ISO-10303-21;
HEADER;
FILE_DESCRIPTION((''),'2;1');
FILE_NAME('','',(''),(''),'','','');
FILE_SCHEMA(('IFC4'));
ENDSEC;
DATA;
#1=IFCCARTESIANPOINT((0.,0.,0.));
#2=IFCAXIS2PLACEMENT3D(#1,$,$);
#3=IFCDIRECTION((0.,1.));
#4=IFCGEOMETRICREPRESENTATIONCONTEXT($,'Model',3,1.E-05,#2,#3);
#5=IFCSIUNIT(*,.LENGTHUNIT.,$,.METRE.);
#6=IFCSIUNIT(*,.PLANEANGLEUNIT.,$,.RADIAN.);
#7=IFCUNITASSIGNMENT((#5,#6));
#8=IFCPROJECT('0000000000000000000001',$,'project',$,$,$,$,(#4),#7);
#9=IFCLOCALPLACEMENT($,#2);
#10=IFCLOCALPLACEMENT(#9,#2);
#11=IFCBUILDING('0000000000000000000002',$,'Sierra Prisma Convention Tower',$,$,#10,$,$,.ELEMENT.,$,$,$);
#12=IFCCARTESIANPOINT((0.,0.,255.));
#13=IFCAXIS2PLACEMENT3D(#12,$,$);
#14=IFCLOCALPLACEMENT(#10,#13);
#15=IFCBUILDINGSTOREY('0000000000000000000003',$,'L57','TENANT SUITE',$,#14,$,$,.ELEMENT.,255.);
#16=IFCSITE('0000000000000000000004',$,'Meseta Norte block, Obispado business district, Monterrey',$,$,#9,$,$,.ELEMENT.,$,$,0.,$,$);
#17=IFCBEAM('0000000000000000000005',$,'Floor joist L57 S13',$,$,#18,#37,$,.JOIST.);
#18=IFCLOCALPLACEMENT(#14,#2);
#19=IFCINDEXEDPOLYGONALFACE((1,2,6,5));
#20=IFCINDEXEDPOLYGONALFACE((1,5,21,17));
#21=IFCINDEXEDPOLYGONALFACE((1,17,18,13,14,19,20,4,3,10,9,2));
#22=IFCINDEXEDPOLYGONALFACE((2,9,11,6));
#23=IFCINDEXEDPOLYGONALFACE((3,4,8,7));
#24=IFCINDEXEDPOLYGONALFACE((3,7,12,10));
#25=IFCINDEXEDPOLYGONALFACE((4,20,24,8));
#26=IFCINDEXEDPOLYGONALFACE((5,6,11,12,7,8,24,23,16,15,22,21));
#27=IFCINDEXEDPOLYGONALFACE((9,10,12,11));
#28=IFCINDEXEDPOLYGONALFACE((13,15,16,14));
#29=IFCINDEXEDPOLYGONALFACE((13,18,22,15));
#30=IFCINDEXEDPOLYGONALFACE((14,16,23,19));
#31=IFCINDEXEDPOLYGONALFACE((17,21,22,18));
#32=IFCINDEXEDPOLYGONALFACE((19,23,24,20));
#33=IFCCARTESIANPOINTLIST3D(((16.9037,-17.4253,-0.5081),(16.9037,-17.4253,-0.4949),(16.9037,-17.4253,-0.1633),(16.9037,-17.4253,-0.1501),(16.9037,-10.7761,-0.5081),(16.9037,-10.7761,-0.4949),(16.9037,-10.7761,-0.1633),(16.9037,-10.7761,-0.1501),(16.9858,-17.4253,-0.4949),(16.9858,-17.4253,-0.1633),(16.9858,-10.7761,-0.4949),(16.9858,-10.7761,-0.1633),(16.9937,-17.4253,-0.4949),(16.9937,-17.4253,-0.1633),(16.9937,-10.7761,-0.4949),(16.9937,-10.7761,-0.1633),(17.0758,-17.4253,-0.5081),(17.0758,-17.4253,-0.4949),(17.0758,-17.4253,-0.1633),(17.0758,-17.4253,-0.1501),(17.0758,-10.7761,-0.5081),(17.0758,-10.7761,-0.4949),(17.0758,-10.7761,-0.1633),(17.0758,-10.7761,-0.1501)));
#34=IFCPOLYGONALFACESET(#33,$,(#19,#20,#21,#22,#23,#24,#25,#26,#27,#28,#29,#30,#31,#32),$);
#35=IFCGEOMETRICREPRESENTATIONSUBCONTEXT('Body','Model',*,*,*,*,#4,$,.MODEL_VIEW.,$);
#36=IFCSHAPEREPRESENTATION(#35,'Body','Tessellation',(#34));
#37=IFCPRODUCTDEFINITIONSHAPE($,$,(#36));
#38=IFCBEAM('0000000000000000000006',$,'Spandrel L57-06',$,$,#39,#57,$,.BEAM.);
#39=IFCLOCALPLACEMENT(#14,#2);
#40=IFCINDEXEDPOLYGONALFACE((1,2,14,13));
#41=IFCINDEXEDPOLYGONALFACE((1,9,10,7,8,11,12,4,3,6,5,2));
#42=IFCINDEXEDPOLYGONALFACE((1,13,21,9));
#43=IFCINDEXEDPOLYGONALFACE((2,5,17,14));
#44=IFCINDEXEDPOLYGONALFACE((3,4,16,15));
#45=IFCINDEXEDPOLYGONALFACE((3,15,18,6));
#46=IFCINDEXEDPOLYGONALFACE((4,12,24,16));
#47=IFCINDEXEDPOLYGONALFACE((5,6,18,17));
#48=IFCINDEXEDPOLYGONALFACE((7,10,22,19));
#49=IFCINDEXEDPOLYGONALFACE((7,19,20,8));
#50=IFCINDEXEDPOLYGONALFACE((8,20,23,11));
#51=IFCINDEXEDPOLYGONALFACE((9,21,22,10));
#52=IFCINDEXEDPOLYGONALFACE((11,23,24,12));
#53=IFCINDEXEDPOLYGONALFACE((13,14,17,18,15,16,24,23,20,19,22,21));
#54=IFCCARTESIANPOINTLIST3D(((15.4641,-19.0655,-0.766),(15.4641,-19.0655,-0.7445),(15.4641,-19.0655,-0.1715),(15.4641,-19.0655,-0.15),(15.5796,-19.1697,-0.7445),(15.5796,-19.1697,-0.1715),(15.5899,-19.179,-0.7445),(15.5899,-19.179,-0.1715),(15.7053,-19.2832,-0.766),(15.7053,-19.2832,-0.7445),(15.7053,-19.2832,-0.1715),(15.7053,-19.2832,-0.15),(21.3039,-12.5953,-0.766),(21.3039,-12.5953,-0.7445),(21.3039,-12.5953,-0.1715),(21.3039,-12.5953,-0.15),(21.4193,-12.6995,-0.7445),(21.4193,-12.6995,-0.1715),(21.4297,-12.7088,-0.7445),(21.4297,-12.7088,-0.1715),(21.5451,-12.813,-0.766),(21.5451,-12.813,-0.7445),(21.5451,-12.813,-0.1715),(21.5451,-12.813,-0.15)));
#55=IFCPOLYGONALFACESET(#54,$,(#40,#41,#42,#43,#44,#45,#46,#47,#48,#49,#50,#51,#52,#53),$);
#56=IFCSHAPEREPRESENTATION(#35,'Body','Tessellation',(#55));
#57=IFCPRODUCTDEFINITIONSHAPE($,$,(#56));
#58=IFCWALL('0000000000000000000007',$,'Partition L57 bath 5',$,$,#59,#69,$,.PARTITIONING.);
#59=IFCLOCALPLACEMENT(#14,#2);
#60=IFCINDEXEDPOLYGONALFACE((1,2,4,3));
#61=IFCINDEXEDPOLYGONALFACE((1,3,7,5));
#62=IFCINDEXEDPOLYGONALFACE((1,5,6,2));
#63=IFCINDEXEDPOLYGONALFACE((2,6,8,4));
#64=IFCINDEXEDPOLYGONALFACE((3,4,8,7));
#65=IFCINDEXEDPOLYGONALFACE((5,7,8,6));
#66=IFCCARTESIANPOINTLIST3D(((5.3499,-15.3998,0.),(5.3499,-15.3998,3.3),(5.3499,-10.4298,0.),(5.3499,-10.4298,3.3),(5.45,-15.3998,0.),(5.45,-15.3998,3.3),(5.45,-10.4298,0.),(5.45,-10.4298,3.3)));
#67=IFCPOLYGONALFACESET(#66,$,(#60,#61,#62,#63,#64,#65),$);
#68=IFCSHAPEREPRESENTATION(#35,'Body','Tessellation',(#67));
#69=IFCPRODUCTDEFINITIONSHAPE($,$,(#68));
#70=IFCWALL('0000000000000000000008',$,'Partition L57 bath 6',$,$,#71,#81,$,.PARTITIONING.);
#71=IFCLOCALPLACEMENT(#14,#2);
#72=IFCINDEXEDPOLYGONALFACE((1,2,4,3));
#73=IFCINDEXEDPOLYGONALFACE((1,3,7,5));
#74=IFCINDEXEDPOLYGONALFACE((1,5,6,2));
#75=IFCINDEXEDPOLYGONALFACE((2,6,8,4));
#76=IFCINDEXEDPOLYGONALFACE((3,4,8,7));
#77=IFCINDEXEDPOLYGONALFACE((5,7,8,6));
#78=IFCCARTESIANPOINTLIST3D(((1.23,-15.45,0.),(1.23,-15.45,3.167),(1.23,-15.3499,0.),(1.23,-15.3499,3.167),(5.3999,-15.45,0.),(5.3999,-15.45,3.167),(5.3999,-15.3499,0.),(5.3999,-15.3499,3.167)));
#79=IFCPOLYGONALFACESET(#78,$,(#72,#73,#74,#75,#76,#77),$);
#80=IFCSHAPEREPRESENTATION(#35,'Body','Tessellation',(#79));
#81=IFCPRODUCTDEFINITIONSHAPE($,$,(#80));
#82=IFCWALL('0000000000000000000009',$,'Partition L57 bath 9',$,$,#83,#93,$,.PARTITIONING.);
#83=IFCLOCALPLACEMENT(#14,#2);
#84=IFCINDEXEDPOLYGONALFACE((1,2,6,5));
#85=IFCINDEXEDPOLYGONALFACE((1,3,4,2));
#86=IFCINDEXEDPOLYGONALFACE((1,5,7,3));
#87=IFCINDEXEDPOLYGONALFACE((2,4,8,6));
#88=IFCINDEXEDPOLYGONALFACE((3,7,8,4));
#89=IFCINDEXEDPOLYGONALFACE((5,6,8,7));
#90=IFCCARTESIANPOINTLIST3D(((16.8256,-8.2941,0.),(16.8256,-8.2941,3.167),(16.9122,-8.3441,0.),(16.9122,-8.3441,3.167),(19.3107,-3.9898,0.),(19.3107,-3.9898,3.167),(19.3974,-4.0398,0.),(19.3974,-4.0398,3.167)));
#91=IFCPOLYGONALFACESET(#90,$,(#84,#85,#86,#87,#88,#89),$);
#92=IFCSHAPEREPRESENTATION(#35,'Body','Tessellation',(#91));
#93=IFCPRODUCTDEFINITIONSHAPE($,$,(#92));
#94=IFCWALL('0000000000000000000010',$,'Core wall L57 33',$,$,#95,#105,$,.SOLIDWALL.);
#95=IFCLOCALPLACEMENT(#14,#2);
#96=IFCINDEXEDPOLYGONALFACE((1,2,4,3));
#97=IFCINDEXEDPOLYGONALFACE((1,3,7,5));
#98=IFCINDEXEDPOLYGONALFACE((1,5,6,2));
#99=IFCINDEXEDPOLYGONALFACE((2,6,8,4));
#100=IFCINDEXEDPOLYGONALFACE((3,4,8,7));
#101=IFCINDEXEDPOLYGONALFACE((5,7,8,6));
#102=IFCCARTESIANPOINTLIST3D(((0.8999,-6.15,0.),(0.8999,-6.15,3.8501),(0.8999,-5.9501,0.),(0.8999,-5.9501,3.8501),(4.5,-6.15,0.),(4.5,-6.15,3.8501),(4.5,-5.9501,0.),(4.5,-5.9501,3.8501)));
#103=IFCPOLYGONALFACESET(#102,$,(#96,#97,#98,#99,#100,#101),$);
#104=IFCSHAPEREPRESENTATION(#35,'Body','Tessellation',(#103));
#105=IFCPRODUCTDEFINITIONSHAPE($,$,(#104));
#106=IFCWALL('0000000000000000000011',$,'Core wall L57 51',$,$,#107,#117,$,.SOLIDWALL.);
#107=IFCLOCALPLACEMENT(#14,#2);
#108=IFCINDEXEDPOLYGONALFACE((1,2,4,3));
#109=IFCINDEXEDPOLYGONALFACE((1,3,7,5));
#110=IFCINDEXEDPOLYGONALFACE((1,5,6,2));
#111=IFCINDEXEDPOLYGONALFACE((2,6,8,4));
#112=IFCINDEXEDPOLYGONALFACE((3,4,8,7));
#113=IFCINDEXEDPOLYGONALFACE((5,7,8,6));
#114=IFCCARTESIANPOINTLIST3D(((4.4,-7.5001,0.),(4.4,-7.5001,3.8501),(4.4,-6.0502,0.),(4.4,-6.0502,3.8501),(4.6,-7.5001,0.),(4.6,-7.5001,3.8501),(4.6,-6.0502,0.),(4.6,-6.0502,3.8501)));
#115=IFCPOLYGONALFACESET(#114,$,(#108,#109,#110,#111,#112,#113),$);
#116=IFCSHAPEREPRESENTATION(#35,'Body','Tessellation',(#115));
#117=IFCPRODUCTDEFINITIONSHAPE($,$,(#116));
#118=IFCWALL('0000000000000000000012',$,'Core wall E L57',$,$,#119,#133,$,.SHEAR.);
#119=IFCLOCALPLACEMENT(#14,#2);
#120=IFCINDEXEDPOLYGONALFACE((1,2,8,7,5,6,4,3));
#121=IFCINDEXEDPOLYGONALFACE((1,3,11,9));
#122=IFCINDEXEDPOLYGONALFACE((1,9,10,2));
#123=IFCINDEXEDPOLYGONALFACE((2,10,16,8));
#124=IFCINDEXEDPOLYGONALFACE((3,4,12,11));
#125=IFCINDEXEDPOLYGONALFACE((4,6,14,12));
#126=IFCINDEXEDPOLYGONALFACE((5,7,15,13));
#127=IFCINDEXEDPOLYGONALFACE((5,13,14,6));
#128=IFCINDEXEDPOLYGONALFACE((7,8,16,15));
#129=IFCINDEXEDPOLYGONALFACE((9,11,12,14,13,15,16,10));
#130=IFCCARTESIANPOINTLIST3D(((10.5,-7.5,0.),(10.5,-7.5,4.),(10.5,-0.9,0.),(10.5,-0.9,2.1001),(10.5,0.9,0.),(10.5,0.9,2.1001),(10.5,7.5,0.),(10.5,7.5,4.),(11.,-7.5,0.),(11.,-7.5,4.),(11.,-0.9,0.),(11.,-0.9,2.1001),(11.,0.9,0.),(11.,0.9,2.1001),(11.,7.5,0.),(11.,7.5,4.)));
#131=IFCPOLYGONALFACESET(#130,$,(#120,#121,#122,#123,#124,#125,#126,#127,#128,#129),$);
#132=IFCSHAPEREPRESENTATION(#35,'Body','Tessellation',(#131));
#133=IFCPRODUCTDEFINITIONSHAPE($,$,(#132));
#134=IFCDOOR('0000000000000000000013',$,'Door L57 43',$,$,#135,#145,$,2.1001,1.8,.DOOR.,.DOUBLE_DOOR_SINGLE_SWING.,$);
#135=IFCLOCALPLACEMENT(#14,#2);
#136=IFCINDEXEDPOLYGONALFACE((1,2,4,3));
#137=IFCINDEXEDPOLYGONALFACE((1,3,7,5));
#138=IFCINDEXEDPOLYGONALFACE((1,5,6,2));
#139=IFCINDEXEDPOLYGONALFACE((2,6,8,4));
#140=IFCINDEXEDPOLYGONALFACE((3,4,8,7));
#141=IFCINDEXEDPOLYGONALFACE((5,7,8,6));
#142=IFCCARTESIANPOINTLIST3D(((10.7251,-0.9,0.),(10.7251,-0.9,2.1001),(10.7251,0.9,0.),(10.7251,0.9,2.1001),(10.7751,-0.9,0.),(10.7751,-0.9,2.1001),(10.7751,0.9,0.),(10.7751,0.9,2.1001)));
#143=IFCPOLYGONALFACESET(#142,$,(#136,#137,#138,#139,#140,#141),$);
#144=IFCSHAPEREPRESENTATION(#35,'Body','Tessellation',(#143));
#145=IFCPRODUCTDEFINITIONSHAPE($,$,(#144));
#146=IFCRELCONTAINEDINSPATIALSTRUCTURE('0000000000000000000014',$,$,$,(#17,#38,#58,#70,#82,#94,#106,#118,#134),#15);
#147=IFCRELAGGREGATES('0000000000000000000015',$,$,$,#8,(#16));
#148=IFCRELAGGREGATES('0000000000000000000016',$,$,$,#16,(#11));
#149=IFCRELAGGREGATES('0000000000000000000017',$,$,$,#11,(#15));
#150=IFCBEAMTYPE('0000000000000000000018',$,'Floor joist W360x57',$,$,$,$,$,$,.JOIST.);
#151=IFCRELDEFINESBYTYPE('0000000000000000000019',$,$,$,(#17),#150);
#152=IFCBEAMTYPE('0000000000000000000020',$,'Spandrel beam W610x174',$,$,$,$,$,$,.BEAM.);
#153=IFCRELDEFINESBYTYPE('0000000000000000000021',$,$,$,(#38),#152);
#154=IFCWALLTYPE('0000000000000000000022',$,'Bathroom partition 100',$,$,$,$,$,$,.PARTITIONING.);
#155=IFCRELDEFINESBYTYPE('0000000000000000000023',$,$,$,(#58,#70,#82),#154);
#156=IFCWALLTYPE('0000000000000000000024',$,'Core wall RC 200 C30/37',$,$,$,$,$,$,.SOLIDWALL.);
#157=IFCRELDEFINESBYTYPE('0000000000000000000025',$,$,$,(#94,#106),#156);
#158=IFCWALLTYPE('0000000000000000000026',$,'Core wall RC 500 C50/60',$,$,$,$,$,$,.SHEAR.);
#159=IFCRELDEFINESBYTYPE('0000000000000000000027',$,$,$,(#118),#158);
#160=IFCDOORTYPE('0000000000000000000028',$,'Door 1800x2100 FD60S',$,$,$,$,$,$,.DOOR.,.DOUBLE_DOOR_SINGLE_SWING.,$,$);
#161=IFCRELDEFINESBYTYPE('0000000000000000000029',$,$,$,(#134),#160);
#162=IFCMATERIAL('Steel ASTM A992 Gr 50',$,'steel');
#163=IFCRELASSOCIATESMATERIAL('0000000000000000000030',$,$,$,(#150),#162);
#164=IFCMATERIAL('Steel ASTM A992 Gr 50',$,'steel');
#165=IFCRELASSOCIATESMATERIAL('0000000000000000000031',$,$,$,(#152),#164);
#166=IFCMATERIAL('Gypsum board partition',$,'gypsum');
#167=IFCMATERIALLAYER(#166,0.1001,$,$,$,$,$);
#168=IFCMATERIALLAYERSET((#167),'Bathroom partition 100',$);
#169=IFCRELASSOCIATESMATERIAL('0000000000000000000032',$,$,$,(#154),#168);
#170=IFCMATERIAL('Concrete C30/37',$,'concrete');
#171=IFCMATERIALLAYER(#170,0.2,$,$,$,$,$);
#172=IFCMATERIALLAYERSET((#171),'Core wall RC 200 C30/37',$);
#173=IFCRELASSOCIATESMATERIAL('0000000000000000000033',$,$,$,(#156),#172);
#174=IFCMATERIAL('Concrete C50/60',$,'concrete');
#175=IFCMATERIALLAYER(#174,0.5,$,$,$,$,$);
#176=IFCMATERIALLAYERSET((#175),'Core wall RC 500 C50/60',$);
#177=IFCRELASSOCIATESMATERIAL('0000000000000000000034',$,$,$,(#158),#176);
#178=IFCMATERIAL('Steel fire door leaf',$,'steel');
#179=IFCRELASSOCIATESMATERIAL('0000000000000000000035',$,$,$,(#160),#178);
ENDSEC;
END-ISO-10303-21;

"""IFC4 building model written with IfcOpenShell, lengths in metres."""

from ifc_helpers import new_model, si_unit, direction, frame, frame_2d, origin, origin_2d, place, context, subcontext, project, spatial, rectangle, i_section, extrude, material, layer, layer_set, material_profile, profile_set, type_object, element, fill, save


model = new_model("IFC4")

# Units and contexts
model_context = context("Model", 3, precision=1e-05, world=origin(), true_north=direction((0.0, 1.0)))
body_context = subcontext(model_context, "Body", "Model", "MODEL_VIEW")
ifc_project = project(units=[si_unit("LENGTHUNIT", "METRE"), si_unit("PLANEANGLEUNIT", "RADIAN")], contexts=[model_context])

# Site, building, storey
site_placement = place(None, origin())
site = spatial("IfcSite", under=ifc_project, at=site_placement, Name="Meseta Norte block, Obispado business district, Monterrey", CompositionType="ELEMENT", RefElevation=0.0)
building_placement = place(site_placement, origin())
building = spatial("IfcBuilding", under=site, at=building_placement, Name="Sierra Prisma Convention Tower", CompositionType="ELEMENT")
storey_placement = place(building_placement, frame((0.0, 0.0, 255.0)))
storey = spatial("IfcBuildingStorey", under=building, at=storey_placement, Name="L57", Description="TENANT SUITE", CompositionType="ELEMENT", Elevation=255.0)

# Beams
ifc_material_1 = material(Name="Steel ASTM A992 Gr 50", Category="steel")
ifc_material_profile_1 = material_profile(ifc_material_1, i_section(OverallWidth=0.1721, OverallDepth=0.3579, WebThickness=0.0078, FlangeThickness=0.0132, at=origin_2d()), Name="W360x57")
ifc_profile_set_1 = profile_set([ifc_material_profile_1], Name="Steel ASTM A992 Gr 50")
beam_type_1 = type_object("IfcBeamType", Name="Floor joist W360x57", PredefinedType="JOIST", material=ifc_profile_set_1)
beam_1_placement = place(storey_placement, frame((16.9897, -17.4253, -0.3291), z_axis=(0.0, 1.0, 0.0), x_axis=(-1.0, 0.0, 0.0)))
element("IfcBeam", 1, at=beam_1_placement, inside=storey, type_object=beam_type_1, Name="Floor joist L57 S13", PredefinedType="JOIST", context=body_context, shape_type="SweptSolid", body=[
    extrude(i_section(OverallWidth=0.1721, OverallDepth=0.3579, WebThickness=0.0078, FlangeThickness=0.0132, at=origin_2d()), origin(), (0.0, 0.0, 1.0), 6.6492),
])
ifc_material_2 = material(Name="Steel ASTM A992 Gr 50", Category="steel")
ifc_material_profile_2 = material_profile(ifc_material_2, i_section(OverallWidth=0.325, OverallDepth=0.616, WebThickness=0.0139, FlangeThickness=0.0215, at=origin_2d()), Name="W610x174")
ifc_profile_set_2 = profile_set([ifc_material_profile_2], Name="Steel ASTM A992 Gr 50")
beam_type_2 = type_object("IfcBeamType", Name="Spandrel beam W610x174", PredefinedType="BEAM", material=ifc_profile_set_2)
beam_2_placement = place(storey_placement, frame((15.5847, -19.1743, -0.458), z_axis=(0.670019, 0.742344, 0.0), x_axis=(-0.742344, 0.670019, 0.0)))
element("IfcBeam", 2, at=beam_2_placement, inside=storey, type_object=beam_type_2, Name="Spandrel L57-06", PredefinedType="BEAM", context=body_context, shape_type="SweptSolid", body=[
    extrude(i_section(OverallWidth=0.325, OverallDepth=0.616, WebThickness=0.0139, FlangeThickness=0.0215, at=origin_2d()), origin(), (0.0, 0.0, 1.0), 8.7158),
])

# Walls
ifc_material_3 = material(Name="Gypsum board partition", Category="gypsum")
ifc_layer_1 = layer(ifc_material_3, 0.1001)
ifc_layer_set_1 = layer_set([ifc_layer_1], Name="Bathroom partition 100")
wall_type_1 = type_object("IfcWallType", Name="Bathroom partition 100", PredefinedType="PARTITIONING", material=ifc_layer_set_1)
wall_1_placement = place(storey_placement, frame((5.3999, -10.4299, 0.0), z_axis=(0.0, 0.0, 1.0), x_axis=(0.0, -1.0, 0.0)))
element("IfcWall", 3, at=wall_1_placement, inside=storey, type_object=wall_type_1, Name="Partition L57 bath 5", PredefinedType="PARTITIONING", context=body_context, shape_type="SweptSolid", body=[
    extrude(rectangle(XDim=4.97, YDim=0.1001, at=frame_2d((2.4849, 0.0))), origin(), (0.0, 0.0, 1.0), 3.3),
])
wall_2_placement = place(storey_placement, frame((5.3999, -15.3999, 0.0), z_axis=(0.0, 0.0, 1.0), x_axis=(-1.0, 0.0, 0.0)))
element("IfcWall", 4, at=wall_2_placement, inside=storey, type_object=wall_type_1, Name="Partition L57 bath 6", PredefinedType="PARTITIONING", context=body_context, shape_type="SweptSolid", body=[
    extrude(rectangle(XDim=4.1699, YDim=0.1001, at=frame_2d((2.085, 0.0))), origin(), (0.0, 0.0, 1.0), 3.167),
])
wall_3_placement = place(storey_placement, frame((16.8689, -8.3191, 0.0), z_axis=(0.0, 0.0, 1.0), x_axis=(0.500012, 0.866019, 0.0)))
element("IfcWall", 5, at=wall_3_placement, inside=storey, type_object=wall_type_1, Name="Partition L57 bath 9", PredefinedType="PARTITIONING", context=body_context, shape_type="SweptSolid", body=[
    extrude(rectangle(XDim=4.9702, YDim=0.1001, at=frame_2d((2.4851, 0.0))), origin(), (0.0, 0.0, 1.0), 3.167),
])

# Shared definitions
ifc_material_4 = material(Name="Concrete C30/37", Category="concrete")
ifc_layer_2 = layer(ifc_material_4, 0.2)
ifc_layer_set_2 = layer_set([ifc_layer_2], Name="Core wall RC 200 C30/37")
wall_type_2 = type_object("IfcWallType", Name="Core wall RC 200 C30/37", PredefinedType="SOLIDWALL", material=ifc_layer_set_2)

# Wall
wall_4_placement = place(storey_placement, frame((4.5, -6.05, 0.0), z_axis=(0.0, 0.0, 1.0), x_axis=(-1.0, 0.0, 0.0)))
element("IfcWall", 6, at=wall_4_placement, inside=storey, type_object=wall_type_2, Name="Core wall L57 33", PredefinedType="SOLIDWALL", context=body_context, shape_type="SweptSolid", body=[
    extrude(rectangle(XDim=3.6001, YDim=0.2, at=frame_2d((1.8, 0.0))), origin(), (0.0, 0.0, 1.0), 3.8501),
])

# Wall
wall_5_placement = place(storey_placement, frame((4.5, -6.05, 0.0), z_axis=(0.0, 0.0, 1.0), x_axis=(0.0, -1.0, 0.0)))
element("IfcWall", 7, at=wall_5_placement, inside=storey, type_object=wall_type_2, Name="Core wall L57 51", PredefinedType="SOLIDWALL", context=body_context, shape_type="SweptSolid", body=[
    extrude(rectangle(XDim=1.45, YDim=0.2, at=frame_2d((0.7251, 0.0))), origin(), (0.0, 0.0, 1.0), 3.8501),
])

# Wall, opening, door
ifc_material_5 = material(Name="Concrete C50/60", Category="concrete")
ifc_layer_3 = layer(ifc_material_5, 0.5)
ifc_layer_set_3 = layer_set([ifc_layer_3], Name="Core wall RC 500 C50/60")
wall_type_3 = type_object("IfcWallType", Name="Core wall RC 500 C50/60", PredefinedType="SHEAR", material=ifc_layer_set_3)
wall_6_placement = place(storey_placement, frame((10.75, -7.5, 0.0), z_axis=(0.0, 0.0, 1.0), x_axis=(0.0, 1.0, 0.0)))
wall_6 = element("IfcWall", 8, at=wall_6_placement, inside=storey, type_object=wall_type_3, Name="Core wall E L57", PredefinedType="SHEAR", context=body_context, shape_type="SweptSolid", body=[
    extrude(rectangle(XDim=15.0, YDim=0.5, at=frame_2d((7.5, 0.0))), origin(), (0.0, 0.0, 1.0), 4.0),
])
opening_1_placement = place(wall_6_placement, frame((6.6001, 0.0, 0.0)))
opening_1 = element("IfcOpeningElement", 9, at=opening_1_placement, cuts=wall_6, PredefinedType="OPENING", context=body_context, shape_type="SweptSolid", body=[
    extrude(rectangle(XDim=1.8, YDim=2.1001, at=frame_2d((0.8999, 1.05))), frame((0.0, 0.25, 0.0), z_axis=(0.0, -1.0, 0.0), x_axis=(1.0, 0.0, 0.0)), (0.0, 0.0, 1.0), 0.5),
])
ifc_material_6 = material(Name="Steel fire door leaf", Category="steel")
door_type_1 = type_object("IfcDoorType", Name="Door 1800x2100 FD60S", OperationType="DOUBLE_DOOR_SINGLE_SWING", PredefinedType="DOOR", material=ifc_material_6)
door_1_placement = place(opening_1_placement, origin())
door_1 = element("IfcDoor", 10, at=door_1_placement, inside=storey, type_object=door_type_1, Name="Door L57 43", OperationType="DOUBLE_DOOR_SINGLE_SWING", OverallHeight=2.1001, OverallWidth=1.8, PredefinedType="DOOR", context=body_context, shape_type="SweptSolid", body=[
    extrude(rectangle(XDim=1.8, YDim=2.1001, at=frame_2d((0.8999, 1.05))), frame((0.0, 0.0249, 0.0), z_axis=(0.0, -1.0, 0.0), x_axis=(1.0, 0.0, 0.0)), (0.0, 0.0, 1.0), 0.05),
])
fill(opening_1, door_1)

save(model, "model.ifc")
